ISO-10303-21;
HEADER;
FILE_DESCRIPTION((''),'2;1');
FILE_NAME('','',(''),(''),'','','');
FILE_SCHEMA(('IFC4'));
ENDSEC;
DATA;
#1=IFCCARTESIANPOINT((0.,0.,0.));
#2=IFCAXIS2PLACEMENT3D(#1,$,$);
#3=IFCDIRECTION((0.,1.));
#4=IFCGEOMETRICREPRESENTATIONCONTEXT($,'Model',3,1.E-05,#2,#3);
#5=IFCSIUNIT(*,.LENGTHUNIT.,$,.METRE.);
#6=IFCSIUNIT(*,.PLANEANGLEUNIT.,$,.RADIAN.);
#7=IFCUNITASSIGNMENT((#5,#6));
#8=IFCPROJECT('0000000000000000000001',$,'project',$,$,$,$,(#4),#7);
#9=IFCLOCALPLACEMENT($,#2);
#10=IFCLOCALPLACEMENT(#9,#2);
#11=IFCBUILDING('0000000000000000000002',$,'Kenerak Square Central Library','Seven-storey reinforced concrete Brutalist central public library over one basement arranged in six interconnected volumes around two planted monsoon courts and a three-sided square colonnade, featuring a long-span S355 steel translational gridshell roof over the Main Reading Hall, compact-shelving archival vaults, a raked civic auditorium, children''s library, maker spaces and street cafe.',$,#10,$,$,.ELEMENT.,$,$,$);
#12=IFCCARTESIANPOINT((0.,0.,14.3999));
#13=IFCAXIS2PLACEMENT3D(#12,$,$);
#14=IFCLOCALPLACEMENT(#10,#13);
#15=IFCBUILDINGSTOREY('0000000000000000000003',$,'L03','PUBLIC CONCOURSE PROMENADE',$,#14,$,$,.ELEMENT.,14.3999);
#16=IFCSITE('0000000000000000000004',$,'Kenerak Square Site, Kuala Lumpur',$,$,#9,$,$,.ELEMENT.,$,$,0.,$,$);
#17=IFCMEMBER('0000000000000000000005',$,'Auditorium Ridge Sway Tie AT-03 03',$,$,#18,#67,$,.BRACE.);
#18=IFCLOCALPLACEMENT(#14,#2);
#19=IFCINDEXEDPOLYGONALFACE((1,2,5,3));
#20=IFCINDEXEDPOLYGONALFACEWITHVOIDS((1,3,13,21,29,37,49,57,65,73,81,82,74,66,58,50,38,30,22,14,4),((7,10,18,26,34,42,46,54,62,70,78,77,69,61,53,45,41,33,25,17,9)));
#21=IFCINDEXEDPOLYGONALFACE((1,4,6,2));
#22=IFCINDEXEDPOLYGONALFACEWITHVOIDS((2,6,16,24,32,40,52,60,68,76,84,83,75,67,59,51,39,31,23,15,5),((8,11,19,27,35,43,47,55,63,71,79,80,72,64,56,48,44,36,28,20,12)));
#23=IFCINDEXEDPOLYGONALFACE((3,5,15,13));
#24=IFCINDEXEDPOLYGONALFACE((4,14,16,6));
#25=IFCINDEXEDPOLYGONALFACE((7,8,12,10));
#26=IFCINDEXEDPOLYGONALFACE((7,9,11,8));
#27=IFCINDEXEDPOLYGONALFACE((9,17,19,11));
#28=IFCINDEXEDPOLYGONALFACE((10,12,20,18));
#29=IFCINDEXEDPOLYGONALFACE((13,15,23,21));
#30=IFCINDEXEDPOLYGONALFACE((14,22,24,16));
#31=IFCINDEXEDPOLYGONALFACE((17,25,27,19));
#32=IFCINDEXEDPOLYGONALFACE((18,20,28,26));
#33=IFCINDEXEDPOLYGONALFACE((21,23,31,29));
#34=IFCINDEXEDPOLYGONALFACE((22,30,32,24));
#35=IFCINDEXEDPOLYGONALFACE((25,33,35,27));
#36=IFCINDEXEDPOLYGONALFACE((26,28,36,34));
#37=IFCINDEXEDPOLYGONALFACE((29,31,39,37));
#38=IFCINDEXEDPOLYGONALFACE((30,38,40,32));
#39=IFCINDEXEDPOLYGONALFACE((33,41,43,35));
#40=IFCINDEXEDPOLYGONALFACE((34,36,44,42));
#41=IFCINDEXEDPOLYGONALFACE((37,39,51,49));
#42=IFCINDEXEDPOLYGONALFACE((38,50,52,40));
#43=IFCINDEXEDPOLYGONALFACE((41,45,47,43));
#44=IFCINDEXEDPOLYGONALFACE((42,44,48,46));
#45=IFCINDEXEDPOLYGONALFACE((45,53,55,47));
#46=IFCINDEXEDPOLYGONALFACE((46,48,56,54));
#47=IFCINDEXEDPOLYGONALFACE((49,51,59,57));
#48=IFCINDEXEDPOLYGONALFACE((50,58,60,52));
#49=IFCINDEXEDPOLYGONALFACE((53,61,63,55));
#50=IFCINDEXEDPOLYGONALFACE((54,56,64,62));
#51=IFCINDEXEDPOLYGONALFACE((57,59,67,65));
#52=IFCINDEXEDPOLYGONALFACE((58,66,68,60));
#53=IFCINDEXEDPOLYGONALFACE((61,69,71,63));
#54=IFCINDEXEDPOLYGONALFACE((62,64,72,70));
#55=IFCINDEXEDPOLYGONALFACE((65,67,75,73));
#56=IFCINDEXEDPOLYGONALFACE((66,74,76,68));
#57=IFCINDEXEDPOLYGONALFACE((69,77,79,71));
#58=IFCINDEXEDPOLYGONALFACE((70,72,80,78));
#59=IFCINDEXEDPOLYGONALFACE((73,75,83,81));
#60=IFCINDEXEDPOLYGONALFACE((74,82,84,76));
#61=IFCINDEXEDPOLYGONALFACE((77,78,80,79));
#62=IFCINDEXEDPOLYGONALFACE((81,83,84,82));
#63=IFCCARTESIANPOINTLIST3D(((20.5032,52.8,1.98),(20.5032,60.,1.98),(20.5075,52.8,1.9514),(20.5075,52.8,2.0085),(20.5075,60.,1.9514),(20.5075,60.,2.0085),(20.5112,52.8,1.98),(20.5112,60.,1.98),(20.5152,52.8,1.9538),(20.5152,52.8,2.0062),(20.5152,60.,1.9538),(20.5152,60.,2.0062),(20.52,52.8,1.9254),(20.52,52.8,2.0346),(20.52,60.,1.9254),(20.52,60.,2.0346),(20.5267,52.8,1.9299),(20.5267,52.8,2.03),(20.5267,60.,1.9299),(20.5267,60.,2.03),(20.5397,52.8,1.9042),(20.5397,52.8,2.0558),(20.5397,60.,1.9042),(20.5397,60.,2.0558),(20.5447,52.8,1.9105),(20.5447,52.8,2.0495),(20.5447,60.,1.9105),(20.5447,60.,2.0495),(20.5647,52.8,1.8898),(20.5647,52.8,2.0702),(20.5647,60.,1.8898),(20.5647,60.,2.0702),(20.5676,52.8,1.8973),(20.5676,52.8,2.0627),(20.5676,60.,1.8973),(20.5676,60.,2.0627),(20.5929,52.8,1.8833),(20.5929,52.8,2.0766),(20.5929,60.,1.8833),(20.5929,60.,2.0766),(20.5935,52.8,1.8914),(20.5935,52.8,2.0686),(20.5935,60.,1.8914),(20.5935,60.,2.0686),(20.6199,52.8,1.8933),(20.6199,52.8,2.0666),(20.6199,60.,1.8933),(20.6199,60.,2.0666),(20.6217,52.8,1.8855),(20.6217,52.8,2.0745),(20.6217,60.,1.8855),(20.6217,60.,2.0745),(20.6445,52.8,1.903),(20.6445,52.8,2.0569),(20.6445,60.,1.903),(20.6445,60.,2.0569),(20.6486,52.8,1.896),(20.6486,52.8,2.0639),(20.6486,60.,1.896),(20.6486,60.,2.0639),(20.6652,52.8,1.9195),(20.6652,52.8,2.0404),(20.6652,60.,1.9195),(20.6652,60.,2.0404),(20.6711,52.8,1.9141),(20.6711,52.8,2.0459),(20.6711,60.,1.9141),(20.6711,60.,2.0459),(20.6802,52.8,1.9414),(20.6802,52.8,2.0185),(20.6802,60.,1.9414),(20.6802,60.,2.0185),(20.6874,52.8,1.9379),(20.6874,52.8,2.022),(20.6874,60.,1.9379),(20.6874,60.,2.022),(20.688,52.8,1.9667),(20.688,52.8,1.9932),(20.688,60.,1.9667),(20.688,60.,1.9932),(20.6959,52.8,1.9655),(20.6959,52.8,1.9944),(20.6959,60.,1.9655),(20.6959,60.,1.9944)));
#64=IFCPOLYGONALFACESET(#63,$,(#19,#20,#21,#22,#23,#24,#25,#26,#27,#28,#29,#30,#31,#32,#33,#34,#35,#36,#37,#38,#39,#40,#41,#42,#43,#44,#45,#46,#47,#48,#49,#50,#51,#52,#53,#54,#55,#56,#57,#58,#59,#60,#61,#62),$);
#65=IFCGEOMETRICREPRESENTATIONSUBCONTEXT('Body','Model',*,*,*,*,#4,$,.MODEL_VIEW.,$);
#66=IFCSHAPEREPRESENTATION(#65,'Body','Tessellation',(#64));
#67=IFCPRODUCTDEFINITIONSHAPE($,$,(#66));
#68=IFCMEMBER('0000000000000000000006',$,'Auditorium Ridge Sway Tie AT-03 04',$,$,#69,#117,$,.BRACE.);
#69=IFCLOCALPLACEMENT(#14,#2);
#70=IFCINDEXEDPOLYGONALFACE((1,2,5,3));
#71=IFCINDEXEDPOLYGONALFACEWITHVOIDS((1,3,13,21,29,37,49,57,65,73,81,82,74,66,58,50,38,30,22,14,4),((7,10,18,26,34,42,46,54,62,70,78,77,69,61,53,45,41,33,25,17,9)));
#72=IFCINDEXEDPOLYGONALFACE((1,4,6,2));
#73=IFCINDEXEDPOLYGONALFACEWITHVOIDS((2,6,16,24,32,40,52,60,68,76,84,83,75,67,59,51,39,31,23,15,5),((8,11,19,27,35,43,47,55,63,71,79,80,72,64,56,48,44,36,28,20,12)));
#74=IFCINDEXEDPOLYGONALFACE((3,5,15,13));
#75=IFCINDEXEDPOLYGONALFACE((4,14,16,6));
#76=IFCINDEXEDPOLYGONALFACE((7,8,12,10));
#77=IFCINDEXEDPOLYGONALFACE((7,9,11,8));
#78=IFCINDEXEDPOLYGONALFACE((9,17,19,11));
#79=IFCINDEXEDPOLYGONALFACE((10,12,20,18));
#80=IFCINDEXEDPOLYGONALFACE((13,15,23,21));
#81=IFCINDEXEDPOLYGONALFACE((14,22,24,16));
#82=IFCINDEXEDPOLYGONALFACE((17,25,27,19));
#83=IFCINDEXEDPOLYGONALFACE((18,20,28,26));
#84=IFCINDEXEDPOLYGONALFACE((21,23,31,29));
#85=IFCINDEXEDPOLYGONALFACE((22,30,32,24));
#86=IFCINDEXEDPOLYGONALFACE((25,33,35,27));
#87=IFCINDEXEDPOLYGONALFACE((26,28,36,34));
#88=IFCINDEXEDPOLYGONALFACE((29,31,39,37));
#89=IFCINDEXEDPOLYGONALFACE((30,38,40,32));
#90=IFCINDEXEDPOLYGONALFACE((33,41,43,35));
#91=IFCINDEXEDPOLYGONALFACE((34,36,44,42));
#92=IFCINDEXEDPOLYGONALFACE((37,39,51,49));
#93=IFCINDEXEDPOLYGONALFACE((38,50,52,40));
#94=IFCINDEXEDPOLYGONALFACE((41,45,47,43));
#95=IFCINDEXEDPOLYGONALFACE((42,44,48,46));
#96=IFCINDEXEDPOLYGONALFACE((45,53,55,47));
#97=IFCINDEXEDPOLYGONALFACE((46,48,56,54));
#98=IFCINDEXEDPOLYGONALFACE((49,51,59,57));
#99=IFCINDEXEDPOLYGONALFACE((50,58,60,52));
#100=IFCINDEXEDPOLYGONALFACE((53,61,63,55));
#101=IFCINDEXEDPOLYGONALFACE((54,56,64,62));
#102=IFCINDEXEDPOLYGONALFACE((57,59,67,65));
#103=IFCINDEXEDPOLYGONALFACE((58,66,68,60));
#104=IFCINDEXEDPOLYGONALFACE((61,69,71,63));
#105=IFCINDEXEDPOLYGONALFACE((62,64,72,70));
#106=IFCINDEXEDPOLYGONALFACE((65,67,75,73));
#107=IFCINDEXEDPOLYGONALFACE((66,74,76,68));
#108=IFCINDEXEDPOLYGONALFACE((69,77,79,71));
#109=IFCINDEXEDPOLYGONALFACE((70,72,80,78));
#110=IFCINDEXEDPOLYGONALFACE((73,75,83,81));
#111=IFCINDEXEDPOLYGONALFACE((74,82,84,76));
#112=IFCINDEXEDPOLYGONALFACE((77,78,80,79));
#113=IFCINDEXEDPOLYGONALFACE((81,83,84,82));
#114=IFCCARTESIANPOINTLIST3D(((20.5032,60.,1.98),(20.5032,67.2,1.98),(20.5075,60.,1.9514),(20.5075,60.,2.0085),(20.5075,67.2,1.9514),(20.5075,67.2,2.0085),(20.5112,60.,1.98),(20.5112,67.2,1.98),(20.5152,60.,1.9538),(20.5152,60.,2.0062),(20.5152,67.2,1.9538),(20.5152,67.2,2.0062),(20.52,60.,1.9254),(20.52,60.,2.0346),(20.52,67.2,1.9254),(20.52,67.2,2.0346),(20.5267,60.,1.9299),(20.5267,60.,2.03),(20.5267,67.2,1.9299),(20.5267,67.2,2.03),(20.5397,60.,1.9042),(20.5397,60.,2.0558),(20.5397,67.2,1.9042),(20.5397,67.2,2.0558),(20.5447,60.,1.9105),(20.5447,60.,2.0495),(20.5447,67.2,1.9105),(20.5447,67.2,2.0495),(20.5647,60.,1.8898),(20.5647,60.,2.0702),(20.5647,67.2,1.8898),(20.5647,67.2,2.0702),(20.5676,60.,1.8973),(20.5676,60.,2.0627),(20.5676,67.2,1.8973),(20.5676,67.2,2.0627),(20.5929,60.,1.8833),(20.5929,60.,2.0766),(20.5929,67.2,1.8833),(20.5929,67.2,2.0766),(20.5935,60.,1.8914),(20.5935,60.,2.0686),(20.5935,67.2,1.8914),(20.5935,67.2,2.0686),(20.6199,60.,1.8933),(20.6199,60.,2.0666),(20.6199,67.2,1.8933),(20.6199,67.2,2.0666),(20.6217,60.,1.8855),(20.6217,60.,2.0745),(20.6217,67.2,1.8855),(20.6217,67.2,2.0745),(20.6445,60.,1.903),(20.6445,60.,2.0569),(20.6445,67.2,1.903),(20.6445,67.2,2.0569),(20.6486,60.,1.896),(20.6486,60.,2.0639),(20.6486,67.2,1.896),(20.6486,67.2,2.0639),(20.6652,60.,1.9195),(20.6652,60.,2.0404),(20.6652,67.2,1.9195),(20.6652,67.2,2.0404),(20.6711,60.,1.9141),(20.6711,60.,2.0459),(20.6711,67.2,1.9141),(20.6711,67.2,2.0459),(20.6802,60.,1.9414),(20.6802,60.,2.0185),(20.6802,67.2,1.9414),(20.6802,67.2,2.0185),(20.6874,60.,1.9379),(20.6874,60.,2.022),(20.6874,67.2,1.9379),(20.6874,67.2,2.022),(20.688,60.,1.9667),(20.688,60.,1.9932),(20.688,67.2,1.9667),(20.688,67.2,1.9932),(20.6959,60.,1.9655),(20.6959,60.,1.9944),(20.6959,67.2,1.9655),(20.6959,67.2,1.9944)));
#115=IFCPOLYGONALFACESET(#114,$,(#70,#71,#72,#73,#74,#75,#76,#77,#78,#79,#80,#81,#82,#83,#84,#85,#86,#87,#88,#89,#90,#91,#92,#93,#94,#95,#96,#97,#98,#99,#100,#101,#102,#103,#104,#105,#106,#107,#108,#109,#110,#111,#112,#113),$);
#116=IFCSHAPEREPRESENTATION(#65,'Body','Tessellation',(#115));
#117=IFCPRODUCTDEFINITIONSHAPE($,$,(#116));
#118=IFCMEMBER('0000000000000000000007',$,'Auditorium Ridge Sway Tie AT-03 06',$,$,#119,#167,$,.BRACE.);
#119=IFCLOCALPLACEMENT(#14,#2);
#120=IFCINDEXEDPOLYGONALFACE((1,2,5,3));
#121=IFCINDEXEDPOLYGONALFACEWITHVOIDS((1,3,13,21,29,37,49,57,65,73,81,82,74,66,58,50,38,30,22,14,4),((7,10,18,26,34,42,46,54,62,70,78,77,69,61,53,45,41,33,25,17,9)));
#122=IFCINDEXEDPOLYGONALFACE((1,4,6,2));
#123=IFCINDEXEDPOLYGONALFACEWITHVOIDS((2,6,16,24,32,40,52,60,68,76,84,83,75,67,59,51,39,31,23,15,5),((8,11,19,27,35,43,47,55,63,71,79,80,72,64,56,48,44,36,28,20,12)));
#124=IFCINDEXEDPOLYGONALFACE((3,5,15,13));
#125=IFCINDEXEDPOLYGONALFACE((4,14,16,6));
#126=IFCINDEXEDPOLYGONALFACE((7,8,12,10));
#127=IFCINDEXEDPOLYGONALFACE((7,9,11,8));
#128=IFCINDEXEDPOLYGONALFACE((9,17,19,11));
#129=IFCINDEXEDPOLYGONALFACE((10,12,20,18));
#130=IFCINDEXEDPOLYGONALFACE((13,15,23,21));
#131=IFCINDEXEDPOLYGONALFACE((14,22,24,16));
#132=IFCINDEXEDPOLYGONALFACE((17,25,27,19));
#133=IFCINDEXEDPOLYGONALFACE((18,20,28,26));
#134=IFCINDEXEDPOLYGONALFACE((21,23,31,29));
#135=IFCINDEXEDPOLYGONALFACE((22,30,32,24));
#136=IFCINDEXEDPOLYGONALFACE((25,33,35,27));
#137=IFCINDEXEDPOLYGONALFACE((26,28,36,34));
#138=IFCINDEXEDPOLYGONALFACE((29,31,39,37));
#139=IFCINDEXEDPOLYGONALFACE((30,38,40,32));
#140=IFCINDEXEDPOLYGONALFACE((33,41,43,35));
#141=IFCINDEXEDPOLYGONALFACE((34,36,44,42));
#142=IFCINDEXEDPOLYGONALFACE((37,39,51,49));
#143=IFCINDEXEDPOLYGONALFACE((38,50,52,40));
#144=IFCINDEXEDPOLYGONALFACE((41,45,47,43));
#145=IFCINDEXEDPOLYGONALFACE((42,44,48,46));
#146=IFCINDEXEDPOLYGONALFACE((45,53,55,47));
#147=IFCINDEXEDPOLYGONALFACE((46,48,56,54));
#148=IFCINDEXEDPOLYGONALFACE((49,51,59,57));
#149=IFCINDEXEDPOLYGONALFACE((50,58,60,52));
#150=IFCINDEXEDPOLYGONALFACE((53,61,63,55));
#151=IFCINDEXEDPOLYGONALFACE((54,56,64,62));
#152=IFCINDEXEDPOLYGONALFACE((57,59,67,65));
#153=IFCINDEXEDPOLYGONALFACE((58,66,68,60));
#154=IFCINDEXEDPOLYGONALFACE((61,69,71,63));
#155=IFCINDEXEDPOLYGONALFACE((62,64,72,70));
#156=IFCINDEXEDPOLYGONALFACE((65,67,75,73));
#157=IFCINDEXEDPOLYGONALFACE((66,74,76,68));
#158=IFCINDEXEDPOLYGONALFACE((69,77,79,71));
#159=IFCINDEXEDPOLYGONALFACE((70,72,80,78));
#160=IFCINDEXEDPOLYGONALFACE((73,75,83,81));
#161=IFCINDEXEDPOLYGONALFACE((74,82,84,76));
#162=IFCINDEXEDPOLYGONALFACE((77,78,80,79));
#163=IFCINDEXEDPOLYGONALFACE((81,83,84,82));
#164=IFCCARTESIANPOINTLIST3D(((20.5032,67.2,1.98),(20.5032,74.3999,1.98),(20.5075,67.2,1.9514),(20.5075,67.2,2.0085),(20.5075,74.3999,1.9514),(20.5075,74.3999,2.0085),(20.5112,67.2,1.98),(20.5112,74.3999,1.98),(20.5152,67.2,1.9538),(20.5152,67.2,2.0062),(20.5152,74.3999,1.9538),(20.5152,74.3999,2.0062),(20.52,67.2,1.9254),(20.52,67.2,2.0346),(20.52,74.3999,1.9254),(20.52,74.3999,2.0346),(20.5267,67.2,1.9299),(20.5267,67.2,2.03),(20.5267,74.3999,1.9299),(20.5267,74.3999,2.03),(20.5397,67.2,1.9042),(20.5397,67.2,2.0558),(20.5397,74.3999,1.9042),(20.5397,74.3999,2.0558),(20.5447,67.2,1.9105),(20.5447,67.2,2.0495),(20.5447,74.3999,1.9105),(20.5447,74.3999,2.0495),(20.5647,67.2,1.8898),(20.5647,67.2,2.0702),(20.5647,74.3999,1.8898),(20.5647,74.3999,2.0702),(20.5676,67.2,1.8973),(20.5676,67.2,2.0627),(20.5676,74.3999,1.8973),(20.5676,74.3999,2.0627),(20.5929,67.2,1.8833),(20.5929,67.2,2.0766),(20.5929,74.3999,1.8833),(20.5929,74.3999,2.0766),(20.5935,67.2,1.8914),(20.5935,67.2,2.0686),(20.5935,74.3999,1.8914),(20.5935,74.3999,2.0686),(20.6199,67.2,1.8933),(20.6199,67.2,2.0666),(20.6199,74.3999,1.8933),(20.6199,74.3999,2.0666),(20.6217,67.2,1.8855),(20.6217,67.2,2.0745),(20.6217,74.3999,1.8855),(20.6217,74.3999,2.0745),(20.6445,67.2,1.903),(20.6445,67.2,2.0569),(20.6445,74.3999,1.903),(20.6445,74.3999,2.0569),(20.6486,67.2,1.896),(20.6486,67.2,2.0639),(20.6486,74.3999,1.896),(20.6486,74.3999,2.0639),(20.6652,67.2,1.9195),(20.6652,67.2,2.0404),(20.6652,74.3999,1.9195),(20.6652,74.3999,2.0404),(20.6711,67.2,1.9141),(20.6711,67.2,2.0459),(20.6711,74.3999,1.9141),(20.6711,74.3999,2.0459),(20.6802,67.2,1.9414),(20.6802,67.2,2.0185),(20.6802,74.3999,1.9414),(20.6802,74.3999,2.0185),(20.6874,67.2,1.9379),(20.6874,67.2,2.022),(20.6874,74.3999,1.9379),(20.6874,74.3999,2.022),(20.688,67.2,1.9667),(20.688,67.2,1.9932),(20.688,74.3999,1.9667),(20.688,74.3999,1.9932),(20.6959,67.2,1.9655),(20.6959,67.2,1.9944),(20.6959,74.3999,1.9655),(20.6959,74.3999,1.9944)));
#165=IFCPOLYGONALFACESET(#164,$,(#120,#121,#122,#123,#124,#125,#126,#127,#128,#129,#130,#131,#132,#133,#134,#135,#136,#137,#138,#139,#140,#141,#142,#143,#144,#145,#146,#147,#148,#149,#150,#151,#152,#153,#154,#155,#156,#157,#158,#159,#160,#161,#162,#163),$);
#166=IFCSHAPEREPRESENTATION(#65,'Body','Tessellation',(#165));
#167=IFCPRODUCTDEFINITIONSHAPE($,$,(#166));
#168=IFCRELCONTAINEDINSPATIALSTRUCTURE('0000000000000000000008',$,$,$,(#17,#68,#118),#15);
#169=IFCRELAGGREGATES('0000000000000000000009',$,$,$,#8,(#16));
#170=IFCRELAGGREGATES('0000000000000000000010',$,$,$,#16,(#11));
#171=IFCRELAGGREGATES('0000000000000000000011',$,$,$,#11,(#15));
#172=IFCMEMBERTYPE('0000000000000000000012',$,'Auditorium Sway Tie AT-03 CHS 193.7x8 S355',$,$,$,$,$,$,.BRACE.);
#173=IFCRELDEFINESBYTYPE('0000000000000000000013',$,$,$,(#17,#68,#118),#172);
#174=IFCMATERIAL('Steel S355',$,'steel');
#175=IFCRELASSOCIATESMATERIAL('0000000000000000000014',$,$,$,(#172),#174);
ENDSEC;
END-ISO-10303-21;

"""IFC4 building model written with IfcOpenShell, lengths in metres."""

from ifc_helpers import new_model, si_unit, direction, frame, origin, origin_2d, place, context, subcontext, project, spatial, hollow_circle, extrude, material, material_profile, profile_set, type_object, element, save


model = new_model("IFC4")

# Units and contexts
model_context = context("Model", 3, precision=1e-05, world=origin(), true_north=direction((0.0, 1.0)))
body_context = subcontext(model_context, "Body", "Model", "MODEL_VIEW")
ifc_project = project(units=[si_unit("LENGTHUNIT", "METRE"), si_unit("PLANEANGLEUNIT", "RADIAN")], contexts=[model_context])

# Site, building, storey
site_placement = place(None, origin())
site = spatial("IfcSite", under=ifc_project, at=site_placement, Name="Kenerak Square Site, Kuala Lumpur", CompositionType="ELEMENT", RefElevation=0.0)
building_placement = place(site_placement, origin())
building = spatial("IfcBuilding", under=site, at=building_placement, Name="Kenerak Square Central Library", Description="Seven-storey reinforced concrete Brutalist central public library over one basement arranged in six interconnected volumes around two planted monsoon courts and a three-sided square colonnade, featuring a long-span S355 steel translational gridshell roof over the Main Reading Hall, compact-shelving archival vaults, a raked civic auditorium, children's library, maker spaces and street cafe.", CompositionType="ELEMENT")
storey_placement = place(building_placement, frame((0.0, 0.0, 14.3999)))
storey = spatial("IfcBuildingStorey", under=building, at=storey_placement, Name="L03", Description="PUBLIC CONCOURSE PROMENADE", CompositionType="ELEMENT", Elevation=14.3999)

# Members
ifc_material_1 = material(Name="Steel S355", Category="steel")
ifc_material_profile_1 = material_profile(ifc_material_1, hollow_circle(Radius=0.0969, WallThickness=0.0081, at=origin_2d()), Name="CHS 193.7x8.0")
ifc_profile_set_1 = profile_set([ifc_material_profile_1], Name="Steel S355")
member_type_1 = type_object("IfcMemberType", Name="Auditorium Sway Tie AT-03 CHS 193.7x8 S355", PredefinedType="BRACE", material=ifc_profile_set_1)
for number, where, z_axis, x_axis, name in (
    (1, (20.6001, 52.8, 1.98), (0.0, 1.0, 0.0), (-1.0, 0.0, 0.0), "Auditorium Ridge Sway Tie AT-03 03"),
    (2, (20.6001, 60.0, 1.98), (0.0, 1.0, 0.0), (-1.0, 0.0, 0.0), "Auditorium Ridge Sway Tie AT-03 04"),
    (3, (20.6001, 67.2, 1.98), (0.0, 1.0, 0.0), (-1.0, 0.0, 0.0), "Auditorium Ridge Sway Tie AT-03 06"),
):
    element("IfcMember", number, at=place(storey_placement, frame(where, z_axis=z_axis, x_axis=x_axis)), inside=storey, type_object=member_type_1, Name=name, PredefinedType="BRACE", context=body_context, shape_type="SweptSolid", body=[
        extrude(hollow_circle(Radius=0.0969, WallThickness=0.0081, at=origin_2d()), origin(), (0.0, 0.0, 1.0), 7.2),
    ])

save(model, "model.ifc")
